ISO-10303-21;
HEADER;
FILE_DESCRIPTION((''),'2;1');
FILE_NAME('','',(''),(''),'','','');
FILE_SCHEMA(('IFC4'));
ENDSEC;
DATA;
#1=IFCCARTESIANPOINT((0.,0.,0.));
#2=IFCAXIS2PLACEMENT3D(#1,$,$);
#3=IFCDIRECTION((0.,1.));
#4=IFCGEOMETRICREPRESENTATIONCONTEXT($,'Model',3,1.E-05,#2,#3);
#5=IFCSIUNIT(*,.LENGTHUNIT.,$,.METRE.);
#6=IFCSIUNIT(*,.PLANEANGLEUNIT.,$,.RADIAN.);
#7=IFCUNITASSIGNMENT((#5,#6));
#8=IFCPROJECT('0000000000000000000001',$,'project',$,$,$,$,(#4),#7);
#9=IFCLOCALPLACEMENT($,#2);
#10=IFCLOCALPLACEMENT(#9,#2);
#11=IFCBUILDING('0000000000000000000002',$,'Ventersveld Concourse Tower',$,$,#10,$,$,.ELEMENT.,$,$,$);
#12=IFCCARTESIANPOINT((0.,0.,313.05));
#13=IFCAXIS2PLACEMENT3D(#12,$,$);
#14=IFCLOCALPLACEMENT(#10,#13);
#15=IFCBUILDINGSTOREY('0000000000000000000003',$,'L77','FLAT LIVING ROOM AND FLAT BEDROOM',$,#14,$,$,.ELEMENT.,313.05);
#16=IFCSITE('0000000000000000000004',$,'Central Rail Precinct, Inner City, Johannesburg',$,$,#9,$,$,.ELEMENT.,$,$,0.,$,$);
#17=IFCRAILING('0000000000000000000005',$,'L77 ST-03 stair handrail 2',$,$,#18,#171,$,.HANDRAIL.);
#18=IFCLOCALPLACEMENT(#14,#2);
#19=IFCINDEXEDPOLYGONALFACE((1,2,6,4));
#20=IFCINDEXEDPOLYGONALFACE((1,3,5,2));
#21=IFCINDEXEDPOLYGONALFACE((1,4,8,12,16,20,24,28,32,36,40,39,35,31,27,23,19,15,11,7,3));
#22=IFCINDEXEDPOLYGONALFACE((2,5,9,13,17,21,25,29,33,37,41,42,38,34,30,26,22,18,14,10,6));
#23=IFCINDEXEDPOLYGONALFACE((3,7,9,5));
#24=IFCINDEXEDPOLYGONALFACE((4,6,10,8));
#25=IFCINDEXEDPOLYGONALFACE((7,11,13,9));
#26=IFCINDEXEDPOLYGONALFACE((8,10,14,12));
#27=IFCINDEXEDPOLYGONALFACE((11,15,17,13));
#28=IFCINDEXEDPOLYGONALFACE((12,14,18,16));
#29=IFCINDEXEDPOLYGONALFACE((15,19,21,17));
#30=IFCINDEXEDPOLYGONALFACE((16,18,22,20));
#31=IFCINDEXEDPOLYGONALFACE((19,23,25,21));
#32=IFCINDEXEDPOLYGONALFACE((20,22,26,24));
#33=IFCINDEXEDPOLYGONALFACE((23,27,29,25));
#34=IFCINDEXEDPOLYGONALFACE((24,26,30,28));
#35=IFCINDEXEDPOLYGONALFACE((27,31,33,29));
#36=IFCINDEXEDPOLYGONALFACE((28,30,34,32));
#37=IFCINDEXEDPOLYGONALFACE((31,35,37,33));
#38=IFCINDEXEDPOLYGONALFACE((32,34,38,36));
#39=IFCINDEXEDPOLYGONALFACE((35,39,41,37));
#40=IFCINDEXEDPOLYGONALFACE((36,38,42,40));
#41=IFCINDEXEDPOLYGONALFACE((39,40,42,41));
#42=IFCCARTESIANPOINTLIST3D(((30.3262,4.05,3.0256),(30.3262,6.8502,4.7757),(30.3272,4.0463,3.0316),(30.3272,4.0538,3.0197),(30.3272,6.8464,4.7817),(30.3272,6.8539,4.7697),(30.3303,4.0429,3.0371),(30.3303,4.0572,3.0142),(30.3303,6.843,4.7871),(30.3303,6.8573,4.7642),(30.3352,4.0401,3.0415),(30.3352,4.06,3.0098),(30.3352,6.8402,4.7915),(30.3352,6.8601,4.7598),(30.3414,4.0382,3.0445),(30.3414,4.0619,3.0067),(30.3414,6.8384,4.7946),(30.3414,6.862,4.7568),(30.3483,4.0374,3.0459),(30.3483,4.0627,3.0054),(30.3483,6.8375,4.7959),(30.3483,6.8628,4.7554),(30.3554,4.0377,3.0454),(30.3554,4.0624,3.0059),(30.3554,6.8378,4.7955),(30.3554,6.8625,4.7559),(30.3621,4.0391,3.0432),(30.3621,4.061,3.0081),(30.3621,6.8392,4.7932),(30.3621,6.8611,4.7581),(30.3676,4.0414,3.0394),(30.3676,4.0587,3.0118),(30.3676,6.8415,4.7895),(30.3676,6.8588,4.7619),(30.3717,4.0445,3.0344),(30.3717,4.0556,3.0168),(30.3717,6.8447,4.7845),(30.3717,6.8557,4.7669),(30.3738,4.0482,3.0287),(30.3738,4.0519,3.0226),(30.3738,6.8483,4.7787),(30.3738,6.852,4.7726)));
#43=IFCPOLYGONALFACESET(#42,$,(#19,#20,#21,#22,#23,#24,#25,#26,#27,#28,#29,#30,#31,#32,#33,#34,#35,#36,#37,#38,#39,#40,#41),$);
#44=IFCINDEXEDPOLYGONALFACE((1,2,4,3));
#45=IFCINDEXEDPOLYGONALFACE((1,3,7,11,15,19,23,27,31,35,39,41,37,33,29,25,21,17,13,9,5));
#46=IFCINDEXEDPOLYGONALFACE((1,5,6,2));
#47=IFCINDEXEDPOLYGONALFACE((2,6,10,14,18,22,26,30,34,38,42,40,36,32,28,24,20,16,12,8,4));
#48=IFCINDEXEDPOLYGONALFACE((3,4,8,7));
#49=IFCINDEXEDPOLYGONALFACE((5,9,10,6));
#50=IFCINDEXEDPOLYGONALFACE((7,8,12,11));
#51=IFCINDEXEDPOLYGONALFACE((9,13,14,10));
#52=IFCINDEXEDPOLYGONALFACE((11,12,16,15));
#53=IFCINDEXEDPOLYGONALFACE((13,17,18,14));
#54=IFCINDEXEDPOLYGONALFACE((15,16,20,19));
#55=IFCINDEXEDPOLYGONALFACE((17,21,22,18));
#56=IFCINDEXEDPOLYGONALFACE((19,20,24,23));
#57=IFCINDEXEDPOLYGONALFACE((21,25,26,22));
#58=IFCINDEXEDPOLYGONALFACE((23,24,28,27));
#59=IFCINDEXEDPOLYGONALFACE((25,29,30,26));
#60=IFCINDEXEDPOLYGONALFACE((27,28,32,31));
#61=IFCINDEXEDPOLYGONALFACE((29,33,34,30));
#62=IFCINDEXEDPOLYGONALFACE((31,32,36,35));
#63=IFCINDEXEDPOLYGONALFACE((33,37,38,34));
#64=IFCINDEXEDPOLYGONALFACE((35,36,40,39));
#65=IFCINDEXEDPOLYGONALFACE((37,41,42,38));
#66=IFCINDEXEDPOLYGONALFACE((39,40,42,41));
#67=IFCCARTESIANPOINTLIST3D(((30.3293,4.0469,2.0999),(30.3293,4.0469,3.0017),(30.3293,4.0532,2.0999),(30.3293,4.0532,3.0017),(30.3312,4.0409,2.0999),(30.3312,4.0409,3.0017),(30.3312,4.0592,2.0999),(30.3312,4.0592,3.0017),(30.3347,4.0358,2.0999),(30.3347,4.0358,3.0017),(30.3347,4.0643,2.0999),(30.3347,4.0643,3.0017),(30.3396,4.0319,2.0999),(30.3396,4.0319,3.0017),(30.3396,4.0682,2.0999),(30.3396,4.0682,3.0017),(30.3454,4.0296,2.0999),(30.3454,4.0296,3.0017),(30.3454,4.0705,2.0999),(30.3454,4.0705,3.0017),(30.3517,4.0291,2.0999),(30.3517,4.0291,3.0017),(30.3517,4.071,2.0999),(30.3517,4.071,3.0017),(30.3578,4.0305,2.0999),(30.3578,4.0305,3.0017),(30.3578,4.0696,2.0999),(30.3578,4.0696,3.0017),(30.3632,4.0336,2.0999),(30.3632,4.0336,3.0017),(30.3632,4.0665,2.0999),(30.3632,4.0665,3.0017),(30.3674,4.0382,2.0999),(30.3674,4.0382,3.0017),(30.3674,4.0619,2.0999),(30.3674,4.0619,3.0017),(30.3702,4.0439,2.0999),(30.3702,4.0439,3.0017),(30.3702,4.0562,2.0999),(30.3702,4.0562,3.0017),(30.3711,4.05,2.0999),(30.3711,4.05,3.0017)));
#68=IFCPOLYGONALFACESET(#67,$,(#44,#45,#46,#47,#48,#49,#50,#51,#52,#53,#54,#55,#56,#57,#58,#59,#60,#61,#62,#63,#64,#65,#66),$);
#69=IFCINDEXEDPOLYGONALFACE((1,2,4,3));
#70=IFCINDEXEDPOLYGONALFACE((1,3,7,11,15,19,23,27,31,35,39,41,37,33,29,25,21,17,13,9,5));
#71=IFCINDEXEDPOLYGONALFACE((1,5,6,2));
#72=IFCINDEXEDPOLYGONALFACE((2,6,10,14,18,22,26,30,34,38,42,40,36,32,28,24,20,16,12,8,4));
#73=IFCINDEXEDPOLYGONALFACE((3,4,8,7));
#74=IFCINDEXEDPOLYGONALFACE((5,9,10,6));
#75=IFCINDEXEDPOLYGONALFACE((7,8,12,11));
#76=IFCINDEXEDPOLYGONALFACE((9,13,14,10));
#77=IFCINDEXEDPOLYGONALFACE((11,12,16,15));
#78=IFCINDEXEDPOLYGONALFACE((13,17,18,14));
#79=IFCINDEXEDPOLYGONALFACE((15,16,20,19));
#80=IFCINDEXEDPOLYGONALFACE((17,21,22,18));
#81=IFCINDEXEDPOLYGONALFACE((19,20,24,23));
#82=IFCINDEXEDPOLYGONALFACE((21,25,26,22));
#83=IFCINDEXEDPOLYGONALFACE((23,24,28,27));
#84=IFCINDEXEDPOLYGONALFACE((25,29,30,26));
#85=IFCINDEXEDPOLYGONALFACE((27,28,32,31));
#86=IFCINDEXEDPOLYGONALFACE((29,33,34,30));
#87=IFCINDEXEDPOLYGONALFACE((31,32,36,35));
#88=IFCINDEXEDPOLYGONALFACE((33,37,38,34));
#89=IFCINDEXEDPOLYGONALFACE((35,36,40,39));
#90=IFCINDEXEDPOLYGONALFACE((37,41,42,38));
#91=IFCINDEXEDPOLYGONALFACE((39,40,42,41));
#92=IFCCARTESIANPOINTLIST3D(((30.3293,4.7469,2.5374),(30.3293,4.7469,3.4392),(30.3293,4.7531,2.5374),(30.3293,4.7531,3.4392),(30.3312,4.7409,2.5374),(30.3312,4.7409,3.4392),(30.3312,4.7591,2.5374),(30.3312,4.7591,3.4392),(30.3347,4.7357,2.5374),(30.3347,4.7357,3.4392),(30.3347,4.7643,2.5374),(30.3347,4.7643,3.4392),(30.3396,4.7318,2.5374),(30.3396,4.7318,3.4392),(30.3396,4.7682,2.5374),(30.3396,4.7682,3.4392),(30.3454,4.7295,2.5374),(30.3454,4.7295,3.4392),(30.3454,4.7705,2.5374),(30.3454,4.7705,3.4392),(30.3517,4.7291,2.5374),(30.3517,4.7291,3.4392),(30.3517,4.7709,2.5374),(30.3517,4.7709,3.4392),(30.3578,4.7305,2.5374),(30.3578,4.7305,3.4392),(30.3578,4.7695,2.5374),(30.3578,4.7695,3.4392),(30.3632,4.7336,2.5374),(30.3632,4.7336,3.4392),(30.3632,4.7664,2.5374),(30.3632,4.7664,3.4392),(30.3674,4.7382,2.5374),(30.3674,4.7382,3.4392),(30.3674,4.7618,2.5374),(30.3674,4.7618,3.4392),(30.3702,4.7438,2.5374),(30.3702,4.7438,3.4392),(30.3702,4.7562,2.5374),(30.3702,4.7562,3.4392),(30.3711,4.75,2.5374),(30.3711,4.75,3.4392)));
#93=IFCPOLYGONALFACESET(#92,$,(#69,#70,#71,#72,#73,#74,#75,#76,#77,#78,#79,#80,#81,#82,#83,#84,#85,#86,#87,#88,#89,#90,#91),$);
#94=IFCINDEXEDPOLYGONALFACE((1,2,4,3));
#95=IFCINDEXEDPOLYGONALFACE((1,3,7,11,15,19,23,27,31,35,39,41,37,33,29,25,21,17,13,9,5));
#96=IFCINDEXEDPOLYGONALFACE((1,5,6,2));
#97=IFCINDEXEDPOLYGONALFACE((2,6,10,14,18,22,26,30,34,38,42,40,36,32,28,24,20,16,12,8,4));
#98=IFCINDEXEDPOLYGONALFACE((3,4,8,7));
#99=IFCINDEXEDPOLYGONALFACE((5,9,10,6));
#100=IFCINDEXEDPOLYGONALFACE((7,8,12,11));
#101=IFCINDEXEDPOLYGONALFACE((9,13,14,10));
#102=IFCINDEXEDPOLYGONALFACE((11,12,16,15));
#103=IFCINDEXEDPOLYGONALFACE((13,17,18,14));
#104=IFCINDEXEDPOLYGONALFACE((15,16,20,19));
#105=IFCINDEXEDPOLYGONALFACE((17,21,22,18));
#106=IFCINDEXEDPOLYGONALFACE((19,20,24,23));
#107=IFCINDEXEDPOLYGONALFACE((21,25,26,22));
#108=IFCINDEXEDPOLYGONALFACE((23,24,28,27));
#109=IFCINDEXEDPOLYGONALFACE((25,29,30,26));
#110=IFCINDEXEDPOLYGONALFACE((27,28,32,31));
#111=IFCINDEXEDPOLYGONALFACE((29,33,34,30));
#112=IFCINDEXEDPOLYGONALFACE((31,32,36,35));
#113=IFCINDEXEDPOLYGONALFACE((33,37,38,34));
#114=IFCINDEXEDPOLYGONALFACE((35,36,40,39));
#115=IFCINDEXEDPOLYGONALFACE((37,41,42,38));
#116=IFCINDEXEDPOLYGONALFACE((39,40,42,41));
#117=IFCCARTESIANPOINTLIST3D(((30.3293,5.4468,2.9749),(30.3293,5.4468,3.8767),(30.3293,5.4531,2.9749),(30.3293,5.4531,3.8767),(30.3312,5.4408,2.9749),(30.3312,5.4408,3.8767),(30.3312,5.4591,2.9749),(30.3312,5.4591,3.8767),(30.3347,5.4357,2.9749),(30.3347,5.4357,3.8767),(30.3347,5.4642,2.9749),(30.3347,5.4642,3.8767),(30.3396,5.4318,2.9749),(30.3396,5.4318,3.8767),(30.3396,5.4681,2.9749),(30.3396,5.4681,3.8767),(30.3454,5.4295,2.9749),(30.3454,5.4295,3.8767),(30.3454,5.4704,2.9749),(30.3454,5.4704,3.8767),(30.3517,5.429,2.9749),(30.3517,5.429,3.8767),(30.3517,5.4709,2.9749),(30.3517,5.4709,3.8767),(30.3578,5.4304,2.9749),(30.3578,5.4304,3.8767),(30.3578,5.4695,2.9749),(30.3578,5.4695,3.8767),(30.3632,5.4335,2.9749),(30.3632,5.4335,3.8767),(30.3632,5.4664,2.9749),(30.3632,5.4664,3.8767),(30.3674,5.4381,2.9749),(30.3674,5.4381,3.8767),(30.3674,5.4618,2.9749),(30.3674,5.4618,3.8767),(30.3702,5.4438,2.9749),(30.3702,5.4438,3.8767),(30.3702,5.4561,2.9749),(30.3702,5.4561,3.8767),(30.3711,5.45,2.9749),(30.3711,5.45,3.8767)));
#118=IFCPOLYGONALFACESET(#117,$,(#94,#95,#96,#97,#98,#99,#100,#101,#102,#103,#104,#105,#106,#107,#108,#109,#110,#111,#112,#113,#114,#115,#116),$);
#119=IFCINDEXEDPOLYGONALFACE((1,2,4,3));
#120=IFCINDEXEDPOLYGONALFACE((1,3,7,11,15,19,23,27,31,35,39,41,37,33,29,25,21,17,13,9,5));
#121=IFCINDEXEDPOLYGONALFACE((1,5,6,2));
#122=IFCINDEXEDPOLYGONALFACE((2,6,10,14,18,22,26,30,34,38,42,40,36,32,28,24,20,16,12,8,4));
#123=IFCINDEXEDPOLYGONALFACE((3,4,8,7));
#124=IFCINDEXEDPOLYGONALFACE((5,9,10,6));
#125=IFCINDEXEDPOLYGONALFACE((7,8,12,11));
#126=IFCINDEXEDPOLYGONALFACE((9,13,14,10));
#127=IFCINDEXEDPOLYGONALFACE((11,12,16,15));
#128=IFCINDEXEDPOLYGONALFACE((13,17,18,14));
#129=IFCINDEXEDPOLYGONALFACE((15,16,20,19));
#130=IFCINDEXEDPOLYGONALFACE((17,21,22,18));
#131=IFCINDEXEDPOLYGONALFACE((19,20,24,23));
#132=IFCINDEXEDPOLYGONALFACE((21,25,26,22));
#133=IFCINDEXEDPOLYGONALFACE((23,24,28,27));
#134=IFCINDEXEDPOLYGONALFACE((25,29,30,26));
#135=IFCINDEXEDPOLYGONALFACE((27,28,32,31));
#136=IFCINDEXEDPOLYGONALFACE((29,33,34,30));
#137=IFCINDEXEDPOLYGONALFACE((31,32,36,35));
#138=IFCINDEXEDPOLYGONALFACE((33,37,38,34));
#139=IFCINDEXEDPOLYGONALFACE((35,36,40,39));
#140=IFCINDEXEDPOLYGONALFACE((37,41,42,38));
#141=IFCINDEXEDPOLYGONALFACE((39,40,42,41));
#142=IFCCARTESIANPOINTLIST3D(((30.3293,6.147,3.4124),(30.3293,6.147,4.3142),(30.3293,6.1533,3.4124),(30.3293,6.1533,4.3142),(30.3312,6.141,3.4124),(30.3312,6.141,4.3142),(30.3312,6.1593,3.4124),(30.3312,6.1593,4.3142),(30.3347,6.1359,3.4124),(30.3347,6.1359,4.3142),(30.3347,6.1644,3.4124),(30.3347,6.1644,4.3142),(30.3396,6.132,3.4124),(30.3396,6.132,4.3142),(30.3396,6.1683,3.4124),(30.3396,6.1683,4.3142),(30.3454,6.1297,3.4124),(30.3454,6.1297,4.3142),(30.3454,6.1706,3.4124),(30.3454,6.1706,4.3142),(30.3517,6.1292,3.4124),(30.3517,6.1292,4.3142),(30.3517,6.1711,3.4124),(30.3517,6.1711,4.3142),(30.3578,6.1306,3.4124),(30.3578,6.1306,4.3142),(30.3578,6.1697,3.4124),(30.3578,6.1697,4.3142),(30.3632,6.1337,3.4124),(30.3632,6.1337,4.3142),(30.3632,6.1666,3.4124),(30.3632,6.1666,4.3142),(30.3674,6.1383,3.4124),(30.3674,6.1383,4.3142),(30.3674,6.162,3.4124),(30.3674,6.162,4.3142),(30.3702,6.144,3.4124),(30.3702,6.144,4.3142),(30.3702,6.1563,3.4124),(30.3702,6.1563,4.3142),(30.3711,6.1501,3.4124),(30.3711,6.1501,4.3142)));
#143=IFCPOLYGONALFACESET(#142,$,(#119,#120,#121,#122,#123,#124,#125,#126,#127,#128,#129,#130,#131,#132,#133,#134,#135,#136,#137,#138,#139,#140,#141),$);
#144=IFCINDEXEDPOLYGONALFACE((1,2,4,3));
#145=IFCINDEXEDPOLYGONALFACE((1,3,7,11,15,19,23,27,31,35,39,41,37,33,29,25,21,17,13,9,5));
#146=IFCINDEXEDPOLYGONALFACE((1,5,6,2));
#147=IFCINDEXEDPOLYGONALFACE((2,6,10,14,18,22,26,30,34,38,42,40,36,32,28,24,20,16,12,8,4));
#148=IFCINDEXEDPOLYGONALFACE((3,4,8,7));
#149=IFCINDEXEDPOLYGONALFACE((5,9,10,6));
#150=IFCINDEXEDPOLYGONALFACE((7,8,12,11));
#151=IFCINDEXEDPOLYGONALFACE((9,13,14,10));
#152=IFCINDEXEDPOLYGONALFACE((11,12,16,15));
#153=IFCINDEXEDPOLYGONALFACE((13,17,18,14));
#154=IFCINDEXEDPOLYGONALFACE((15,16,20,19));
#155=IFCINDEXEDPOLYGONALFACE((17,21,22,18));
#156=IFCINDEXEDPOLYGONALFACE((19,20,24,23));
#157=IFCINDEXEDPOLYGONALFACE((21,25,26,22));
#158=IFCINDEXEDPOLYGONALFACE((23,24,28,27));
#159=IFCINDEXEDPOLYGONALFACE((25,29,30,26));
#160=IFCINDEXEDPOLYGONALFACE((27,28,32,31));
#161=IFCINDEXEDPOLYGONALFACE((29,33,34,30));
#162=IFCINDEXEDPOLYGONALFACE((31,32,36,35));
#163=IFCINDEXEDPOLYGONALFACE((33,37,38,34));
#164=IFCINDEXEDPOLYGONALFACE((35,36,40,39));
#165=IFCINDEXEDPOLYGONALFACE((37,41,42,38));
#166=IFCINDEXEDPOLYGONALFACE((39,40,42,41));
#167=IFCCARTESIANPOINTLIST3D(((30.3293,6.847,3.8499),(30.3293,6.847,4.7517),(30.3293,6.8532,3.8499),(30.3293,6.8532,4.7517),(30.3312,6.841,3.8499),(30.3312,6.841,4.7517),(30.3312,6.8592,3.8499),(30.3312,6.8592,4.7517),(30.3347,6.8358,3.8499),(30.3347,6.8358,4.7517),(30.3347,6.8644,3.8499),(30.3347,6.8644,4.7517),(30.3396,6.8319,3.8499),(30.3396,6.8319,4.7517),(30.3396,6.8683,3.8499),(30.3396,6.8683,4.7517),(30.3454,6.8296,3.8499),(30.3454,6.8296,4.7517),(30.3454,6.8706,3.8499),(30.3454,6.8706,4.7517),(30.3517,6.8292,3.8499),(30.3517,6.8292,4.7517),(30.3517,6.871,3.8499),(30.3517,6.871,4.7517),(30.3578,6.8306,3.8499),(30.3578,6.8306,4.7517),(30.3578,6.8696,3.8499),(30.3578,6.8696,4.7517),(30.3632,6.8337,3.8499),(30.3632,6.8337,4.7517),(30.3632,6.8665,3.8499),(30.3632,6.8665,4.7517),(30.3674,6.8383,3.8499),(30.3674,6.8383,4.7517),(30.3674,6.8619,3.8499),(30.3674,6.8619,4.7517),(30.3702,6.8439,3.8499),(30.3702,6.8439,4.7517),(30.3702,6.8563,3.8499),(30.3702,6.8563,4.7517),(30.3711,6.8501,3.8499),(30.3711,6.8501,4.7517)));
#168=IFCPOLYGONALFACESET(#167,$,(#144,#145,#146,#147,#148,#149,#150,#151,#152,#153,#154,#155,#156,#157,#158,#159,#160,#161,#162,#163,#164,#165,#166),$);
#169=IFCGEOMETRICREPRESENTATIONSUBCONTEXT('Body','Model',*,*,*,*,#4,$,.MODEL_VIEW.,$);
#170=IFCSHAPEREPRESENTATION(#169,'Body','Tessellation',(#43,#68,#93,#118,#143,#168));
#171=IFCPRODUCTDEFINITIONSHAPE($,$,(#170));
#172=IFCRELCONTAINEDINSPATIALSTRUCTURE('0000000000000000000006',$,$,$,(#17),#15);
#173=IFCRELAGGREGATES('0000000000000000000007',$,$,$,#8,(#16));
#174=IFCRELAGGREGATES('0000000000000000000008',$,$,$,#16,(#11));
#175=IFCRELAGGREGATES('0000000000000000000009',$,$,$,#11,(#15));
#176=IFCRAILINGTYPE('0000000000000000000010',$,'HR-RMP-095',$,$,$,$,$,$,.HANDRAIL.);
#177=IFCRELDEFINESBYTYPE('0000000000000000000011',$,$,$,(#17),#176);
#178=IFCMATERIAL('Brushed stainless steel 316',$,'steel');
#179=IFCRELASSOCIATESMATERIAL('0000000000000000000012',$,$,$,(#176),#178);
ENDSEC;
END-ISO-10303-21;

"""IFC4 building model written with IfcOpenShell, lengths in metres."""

from ifc_helpers import new_model, si_unit, direction, frame, origin, origin_2d, place, context, subcontext, project, spatial, circle, extrude, material, type_object, element, save


model = new_model("IFC4")

# Units and contexts
model_context = context("Model", 3, precision=1e-05, world=origin(), true_north=direction((0.0, 1.0)))
body_context = subcontext(model_context, "Body", "Model", "MODEL_VIEW")
ifc_project = project(units=[si_unit("LENGTHUNIT", "METRE"), si_unit("PLANEANGLEUNIT", "RADIAN")], contexts=[model_context])

# Site, building, storey
site_placement = place(None, origin())
site = spatial("IfcSite", under=ifc_project, at=site_placement, Name="Central Rail Precinct, Inner City, Johannesburg", CompositionType="ELEMENT", RefElevation=0.0)
building_placement = place(site_placement, origin())
building = spatial("IfcBuilding", under=site, at=building_placement, Name="Ventersveld Concourse Tower", CompositionType="ELEMENT")
storey_placement = place(building_placement, frame((0.0, 0.0, 313.05)))
storey = spatial("IfcBuildingStorey", under=building, at=storey_placement, Name="L77", Description="FLAT LIVING ROOM AND FLAT BEDROOM", CompositionType="ELEMENT", Elevation=313.05)

# Railing
ifc_material_1 = material(Name="Brushed stainless steel 316", Category="steel")
railing_type_1 = type_object("IfcRailingType", Name="HR-RMP-095", PredefinedType="HANDRAIL", material=ifc_material_1)
railing_1_placement = place(storey_placement, frame((30.3501, 4.05, 2.0999)))
element("IfcRailing", 1, at=railing_1_placement, inside=storey, type_object=railing_type_1, Name="L77 ST-03 stair handrail 2", PredefinedType="HANDRAIL", context=body_context, shape_type="SweptSolid", body=[
    extrude(circle(Radius=0.0239, at=origin_2d()), frame((0.0, 0.0, 0.9258), z_axis=(0.0, 0.848002, 0.529992), x_axis=(-1.0, 0.0, 0.0)), (0.0, 0.0, 1.0), 3.302),
    extrude(circle(Radius=0.021, at=origin_2d()), origin(), (0.0, 0.0, 1.0), 0.9019),
    extrude(circle(Radius=0.021, at=origin_2d()), frame((0.0, 0.7, 0.4375)), (0.0, 0.0, 1.0), 0.9019),
    extrude(circle(Radius=0.021, at=origin_2d()), frame((0.0, 1.3999, 0.875)), (0.0, 0.0, 1.0), 0.9019),
    extrude(circle(Radius=0.021, at=origin_2d()), frame((0.0, 2.1001, 1.3125)), (0.0, 0.0, 1.0), 0.9019),
    extrude(circle(Radius=0.021, at=origin_2d()), frame((0.0, 2.8, 1.75)), (0.0, 0.0, 1.0), 0.9019),
])

save(model, "model.ifc")
